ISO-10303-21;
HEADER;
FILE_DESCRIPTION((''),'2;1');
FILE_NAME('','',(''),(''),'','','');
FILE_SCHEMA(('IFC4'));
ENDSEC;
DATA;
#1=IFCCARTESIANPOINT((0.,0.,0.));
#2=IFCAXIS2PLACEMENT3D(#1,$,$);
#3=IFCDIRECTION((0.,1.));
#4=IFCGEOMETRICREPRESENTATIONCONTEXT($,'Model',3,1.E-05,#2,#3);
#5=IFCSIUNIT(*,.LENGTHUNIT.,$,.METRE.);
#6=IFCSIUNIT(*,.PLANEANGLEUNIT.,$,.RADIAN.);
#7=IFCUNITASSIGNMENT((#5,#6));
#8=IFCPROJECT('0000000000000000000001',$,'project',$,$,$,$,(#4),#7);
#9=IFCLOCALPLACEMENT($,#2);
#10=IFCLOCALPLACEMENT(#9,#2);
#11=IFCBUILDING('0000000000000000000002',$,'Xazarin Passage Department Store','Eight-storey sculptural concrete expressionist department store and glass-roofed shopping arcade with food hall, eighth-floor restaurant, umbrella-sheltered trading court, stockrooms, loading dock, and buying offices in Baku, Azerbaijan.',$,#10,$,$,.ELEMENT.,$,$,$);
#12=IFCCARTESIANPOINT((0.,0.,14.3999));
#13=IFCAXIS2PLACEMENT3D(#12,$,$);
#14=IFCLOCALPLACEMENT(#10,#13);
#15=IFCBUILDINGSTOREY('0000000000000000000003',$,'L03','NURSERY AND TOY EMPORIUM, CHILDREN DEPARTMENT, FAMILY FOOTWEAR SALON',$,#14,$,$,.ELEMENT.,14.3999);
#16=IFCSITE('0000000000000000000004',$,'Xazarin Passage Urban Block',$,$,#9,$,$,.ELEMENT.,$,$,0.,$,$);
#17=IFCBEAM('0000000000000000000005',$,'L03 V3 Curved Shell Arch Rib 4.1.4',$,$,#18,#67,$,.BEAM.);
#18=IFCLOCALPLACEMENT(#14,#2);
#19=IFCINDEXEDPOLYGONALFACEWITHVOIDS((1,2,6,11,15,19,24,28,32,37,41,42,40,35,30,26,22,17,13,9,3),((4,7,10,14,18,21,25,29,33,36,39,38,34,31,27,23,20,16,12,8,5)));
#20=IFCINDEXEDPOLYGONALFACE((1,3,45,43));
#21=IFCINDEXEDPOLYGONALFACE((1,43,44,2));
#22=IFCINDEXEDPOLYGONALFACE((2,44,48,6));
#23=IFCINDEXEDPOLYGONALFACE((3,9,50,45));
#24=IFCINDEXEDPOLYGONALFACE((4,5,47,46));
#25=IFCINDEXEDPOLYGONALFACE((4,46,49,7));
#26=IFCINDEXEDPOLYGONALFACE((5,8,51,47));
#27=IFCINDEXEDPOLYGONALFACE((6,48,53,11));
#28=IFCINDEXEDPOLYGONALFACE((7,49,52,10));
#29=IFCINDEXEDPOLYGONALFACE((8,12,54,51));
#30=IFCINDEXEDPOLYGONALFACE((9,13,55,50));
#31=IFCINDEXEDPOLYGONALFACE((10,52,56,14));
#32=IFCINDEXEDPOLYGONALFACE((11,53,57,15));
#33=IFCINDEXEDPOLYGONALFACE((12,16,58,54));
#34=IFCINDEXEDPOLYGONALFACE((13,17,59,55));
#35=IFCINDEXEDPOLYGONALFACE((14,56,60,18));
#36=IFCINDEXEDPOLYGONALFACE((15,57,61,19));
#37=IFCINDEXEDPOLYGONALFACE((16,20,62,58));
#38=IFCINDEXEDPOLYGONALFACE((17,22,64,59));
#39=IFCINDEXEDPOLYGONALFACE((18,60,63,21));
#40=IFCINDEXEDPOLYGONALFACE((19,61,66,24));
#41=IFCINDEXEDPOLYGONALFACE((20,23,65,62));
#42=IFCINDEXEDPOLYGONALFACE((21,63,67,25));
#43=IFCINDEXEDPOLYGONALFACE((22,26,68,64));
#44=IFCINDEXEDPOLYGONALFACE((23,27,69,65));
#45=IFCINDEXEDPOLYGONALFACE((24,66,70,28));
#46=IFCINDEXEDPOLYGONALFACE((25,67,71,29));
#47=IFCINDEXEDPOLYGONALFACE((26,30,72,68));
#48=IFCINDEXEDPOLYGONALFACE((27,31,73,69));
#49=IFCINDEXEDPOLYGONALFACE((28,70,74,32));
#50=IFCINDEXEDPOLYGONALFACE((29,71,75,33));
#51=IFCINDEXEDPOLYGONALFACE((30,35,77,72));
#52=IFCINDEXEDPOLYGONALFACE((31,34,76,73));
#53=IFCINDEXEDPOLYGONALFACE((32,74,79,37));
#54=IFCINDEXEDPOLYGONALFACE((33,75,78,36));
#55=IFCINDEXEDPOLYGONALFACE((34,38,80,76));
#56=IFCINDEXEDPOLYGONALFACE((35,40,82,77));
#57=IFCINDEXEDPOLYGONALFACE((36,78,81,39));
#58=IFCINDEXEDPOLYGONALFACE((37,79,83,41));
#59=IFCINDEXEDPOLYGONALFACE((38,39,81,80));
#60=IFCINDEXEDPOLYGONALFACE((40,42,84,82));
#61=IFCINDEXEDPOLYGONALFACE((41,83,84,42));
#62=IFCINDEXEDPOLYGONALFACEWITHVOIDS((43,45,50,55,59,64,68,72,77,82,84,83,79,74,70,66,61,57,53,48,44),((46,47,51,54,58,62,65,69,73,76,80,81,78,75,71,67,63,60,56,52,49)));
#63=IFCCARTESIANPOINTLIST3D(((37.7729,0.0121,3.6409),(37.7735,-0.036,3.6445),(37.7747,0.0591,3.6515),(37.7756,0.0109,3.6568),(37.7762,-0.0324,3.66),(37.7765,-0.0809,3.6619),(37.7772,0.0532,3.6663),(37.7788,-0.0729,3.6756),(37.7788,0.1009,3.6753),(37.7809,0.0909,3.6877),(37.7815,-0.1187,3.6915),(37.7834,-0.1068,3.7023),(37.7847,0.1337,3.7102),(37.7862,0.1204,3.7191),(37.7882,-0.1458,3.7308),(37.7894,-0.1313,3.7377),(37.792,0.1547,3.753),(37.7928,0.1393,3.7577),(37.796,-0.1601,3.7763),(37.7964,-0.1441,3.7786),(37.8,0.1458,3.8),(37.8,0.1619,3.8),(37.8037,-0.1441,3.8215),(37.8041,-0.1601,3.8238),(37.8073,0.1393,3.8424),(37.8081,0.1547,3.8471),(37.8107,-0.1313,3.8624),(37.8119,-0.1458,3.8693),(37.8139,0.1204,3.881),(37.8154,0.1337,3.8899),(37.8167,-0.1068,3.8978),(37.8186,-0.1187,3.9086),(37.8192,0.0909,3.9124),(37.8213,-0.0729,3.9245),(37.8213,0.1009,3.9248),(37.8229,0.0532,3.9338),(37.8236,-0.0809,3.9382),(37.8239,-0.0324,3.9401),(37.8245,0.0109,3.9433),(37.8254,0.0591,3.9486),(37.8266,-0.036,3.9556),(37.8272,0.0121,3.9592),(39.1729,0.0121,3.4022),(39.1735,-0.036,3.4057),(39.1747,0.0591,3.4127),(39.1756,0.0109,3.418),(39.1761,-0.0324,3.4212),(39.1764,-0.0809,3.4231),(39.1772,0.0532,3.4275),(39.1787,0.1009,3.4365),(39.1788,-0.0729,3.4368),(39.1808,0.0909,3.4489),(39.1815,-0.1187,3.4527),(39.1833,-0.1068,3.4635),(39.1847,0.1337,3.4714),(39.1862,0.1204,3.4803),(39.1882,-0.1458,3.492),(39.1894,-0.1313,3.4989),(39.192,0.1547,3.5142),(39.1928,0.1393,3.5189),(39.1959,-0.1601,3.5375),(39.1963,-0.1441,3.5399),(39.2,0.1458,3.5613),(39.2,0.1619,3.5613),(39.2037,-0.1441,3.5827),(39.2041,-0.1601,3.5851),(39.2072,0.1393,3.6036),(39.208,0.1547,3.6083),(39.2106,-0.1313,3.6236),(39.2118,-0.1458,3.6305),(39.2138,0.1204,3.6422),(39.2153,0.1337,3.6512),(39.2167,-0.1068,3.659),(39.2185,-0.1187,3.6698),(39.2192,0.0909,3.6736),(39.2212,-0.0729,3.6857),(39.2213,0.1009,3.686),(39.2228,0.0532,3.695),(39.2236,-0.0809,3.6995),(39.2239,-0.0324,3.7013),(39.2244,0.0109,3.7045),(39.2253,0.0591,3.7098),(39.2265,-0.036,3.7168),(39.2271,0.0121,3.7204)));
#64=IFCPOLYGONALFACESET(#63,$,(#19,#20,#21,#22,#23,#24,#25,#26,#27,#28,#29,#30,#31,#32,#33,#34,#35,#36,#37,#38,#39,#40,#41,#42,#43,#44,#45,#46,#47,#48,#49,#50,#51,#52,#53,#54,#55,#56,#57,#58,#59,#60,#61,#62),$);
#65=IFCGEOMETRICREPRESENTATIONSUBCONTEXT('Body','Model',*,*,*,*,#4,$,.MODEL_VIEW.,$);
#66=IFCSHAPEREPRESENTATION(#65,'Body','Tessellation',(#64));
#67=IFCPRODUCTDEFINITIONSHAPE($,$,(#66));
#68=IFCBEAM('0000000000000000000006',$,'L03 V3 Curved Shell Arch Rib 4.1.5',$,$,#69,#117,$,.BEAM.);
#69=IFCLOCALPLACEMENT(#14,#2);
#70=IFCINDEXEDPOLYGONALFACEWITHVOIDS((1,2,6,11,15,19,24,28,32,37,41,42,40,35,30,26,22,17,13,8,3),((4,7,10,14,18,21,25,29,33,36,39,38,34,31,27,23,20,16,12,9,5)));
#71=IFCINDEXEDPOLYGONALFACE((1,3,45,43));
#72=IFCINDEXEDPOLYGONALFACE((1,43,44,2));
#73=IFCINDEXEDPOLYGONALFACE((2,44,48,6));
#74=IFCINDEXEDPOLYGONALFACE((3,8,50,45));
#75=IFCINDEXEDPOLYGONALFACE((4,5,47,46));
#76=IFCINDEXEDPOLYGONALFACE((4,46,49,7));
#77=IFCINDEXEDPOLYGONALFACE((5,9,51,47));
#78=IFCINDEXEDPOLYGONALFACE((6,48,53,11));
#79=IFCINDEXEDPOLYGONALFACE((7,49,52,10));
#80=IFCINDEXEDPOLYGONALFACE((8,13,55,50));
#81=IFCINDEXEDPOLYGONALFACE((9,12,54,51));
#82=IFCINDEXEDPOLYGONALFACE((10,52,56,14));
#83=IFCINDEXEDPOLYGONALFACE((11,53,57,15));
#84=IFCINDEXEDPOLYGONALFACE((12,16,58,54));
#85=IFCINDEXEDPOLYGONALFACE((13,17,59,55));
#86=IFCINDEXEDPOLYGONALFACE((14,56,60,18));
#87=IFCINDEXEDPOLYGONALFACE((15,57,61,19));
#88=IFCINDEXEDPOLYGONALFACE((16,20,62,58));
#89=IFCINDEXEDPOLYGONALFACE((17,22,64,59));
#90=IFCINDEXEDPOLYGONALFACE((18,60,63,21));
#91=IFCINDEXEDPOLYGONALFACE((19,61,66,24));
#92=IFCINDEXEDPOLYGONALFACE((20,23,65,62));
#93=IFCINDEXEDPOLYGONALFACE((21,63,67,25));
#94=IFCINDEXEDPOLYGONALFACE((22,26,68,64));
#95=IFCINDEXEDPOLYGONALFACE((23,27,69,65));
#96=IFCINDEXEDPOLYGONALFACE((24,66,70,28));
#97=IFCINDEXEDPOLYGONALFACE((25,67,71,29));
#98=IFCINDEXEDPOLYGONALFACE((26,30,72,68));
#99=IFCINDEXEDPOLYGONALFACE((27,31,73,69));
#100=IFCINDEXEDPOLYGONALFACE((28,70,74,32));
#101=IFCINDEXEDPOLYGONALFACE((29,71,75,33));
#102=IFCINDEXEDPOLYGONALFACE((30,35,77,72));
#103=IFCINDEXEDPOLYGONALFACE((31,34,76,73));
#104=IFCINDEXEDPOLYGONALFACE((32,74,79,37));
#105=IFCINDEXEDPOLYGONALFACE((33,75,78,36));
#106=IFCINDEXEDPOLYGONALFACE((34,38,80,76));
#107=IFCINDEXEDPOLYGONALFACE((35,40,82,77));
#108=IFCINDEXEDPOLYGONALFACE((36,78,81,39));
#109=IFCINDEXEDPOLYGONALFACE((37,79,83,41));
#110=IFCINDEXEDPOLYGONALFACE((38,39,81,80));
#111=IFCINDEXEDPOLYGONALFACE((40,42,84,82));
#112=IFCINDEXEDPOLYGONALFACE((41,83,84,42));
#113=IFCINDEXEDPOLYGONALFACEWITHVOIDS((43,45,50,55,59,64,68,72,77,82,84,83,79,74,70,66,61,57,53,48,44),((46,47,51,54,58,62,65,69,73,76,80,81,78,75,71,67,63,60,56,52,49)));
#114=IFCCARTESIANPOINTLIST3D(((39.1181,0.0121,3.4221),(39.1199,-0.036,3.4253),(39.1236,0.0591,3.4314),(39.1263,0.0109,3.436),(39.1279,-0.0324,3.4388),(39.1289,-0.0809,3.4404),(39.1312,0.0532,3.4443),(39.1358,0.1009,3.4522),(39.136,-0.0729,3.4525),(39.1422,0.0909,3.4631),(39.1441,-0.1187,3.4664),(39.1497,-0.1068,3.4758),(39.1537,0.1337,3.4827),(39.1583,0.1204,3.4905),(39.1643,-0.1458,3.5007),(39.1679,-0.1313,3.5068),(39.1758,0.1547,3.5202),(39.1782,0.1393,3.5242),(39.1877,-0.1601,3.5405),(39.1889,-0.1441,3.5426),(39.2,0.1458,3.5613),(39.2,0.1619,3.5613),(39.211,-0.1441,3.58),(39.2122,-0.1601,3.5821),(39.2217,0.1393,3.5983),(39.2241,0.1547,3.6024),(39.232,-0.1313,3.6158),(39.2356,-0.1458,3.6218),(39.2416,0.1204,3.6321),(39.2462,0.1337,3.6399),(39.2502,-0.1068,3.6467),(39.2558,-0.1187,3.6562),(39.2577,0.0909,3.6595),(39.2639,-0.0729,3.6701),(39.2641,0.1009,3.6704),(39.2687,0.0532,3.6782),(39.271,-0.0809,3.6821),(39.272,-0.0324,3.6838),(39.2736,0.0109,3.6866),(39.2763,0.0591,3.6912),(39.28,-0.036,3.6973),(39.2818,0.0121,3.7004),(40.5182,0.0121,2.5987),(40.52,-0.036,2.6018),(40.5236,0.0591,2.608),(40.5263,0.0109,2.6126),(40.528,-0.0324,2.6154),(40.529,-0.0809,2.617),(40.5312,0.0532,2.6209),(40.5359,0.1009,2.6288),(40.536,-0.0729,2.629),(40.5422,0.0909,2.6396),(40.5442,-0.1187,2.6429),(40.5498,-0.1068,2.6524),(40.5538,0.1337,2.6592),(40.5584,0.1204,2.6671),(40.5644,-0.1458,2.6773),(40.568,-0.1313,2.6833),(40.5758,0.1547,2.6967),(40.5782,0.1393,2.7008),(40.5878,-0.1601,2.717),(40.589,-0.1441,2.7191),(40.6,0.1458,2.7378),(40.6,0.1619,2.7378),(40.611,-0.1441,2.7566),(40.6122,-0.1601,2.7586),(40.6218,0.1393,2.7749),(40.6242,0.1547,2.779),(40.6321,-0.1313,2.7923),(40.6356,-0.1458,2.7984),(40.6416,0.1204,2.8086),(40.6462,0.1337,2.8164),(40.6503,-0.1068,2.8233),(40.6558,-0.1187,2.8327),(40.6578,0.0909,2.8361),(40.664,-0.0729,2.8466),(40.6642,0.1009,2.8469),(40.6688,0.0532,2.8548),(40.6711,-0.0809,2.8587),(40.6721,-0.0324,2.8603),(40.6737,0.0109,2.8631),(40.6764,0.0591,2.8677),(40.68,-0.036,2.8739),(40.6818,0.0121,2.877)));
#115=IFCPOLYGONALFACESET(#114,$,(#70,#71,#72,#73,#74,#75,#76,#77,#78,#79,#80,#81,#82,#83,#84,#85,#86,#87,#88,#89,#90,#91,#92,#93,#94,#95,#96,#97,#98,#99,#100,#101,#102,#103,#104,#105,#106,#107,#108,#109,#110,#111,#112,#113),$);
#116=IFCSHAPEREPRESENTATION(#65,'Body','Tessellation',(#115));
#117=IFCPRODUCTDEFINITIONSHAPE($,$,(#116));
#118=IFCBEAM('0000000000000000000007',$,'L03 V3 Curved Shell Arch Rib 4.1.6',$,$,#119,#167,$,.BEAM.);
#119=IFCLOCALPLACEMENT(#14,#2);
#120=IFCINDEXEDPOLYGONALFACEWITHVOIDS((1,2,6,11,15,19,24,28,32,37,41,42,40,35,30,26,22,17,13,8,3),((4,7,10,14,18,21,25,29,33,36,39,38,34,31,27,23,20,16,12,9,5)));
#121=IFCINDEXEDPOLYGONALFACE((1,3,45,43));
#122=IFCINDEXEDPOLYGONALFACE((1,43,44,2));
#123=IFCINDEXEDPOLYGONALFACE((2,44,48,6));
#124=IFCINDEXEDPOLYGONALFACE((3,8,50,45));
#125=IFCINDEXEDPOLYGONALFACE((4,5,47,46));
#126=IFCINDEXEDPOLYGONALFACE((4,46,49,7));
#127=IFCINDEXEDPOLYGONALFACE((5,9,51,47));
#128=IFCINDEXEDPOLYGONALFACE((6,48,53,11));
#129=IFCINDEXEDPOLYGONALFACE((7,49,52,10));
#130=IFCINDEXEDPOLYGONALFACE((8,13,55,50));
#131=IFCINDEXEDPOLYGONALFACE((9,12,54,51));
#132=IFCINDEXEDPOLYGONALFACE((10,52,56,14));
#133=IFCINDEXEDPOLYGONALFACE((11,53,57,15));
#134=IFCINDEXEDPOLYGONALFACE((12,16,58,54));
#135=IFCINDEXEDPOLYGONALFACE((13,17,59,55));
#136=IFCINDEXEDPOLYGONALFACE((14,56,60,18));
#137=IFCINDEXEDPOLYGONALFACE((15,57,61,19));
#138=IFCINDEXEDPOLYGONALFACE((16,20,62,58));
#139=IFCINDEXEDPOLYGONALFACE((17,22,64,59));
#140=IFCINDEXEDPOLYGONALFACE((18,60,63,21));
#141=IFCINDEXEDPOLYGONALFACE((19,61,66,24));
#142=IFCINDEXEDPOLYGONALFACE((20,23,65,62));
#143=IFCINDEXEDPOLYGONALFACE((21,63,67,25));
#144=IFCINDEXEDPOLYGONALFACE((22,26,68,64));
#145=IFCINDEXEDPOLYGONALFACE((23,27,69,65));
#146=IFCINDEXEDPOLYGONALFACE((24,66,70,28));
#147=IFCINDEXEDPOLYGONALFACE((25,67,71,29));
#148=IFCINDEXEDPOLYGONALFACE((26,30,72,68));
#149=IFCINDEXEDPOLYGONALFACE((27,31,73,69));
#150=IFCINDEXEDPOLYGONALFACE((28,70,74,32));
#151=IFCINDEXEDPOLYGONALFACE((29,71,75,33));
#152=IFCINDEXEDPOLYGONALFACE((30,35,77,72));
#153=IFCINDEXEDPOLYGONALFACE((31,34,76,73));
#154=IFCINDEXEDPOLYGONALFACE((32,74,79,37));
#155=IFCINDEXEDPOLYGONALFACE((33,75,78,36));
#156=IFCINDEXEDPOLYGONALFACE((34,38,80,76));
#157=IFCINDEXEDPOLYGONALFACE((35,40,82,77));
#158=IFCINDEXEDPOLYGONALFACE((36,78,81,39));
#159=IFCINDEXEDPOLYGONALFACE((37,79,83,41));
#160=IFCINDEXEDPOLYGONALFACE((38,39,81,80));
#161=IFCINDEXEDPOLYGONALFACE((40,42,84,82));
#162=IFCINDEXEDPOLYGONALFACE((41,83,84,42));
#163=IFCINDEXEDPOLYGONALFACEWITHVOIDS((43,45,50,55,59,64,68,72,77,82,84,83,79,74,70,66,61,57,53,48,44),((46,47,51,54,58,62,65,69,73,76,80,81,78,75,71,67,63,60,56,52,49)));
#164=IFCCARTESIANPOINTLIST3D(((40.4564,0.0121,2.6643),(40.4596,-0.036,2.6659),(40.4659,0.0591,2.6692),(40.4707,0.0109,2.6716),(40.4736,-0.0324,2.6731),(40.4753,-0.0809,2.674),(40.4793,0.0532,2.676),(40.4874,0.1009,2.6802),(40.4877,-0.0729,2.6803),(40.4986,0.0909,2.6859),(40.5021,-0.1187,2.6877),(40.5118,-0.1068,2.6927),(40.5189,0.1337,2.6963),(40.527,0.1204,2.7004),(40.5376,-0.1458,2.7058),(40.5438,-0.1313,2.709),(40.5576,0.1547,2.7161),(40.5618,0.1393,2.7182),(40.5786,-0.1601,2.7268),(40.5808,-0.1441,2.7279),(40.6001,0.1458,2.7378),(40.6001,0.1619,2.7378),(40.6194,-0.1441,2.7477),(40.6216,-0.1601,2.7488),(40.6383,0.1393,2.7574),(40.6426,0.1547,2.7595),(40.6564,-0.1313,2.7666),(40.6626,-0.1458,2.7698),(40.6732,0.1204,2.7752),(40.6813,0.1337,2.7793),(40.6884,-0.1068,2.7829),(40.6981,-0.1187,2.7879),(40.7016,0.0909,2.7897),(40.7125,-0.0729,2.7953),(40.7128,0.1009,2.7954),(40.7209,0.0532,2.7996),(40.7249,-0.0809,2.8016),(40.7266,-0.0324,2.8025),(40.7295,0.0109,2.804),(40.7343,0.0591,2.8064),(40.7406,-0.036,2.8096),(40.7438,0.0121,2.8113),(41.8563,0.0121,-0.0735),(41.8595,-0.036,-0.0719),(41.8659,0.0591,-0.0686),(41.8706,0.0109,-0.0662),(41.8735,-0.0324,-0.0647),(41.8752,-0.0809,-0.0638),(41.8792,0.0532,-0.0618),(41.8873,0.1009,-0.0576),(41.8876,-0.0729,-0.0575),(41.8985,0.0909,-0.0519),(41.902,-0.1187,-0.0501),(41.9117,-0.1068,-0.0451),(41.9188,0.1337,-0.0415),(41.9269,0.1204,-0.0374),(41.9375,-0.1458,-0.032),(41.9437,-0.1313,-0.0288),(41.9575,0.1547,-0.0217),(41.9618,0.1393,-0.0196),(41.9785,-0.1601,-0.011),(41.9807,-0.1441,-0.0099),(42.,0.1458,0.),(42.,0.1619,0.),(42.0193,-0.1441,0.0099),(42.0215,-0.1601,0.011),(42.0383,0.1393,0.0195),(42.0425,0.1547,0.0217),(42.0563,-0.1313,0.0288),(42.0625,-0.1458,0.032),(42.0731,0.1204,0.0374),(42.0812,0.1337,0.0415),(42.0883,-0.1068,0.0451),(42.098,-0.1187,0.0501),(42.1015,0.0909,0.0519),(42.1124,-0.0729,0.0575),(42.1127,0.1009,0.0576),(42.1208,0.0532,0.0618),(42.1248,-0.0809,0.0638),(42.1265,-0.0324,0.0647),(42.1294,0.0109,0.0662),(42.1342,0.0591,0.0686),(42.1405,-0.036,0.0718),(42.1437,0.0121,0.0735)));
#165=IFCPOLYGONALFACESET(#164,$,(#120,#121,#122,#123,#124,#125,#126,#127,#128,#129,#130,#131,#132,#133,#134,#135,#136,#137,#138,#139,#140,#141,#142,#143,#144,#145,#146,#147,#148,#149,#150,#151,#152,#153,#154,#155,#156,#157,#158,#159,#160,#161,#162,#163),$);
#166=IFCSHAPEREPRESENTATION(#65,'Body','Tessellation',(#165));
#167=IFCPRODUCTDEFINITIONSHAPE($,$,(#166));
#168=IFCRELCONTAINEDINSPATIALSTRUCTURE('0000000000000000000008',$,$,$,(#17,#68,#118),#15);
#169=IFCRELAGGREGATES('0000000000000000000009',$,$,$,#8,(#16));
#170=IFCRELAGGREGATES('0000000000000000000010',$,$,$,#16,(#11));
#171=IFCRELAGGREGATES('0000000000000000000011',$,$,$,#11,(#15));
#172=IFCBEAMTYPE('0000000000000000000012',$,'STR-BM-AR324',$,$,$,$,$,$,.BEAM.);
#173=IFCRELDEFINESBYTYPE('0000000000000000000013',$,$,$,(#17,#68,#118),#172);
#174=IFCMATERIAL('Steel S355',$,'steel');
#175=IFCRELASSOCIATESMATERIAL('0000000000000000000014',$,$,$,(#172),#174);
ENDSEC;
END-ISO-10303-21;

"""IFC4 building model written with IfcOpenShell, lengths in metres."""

from ifc_helpers import new_model, si_unit, direction, frame, origin, origin_2d, place, context, subcontext, project, spatial, hollow_circle, extrude, material, material_profile, profile_set, type_object, element, save


model = new_model("IFC4")

# Units and contexts
model_context = context("Model", 3, precision=1e-05, world=origin(), true_north=direction((0.0, 1.0)))
body_context = subcontext(model_context, "Body", "Model", "MODEL_VIEW")
ifc_project = project(units=[si_unit("LENGTHUNIT", "METRE"), si_unit("PLANEANGLEUNIT", "RADIAN")], contexts=[model_context])

# Site, building, storey
site_placement = place(None, origin())
site = spatial("IfcSite", under=ifc_project, at=site_placement, Name="Xazarin Passage Urban Block", CompositionType="ELEMENT", RefElevation=0.0)
building_placement = place(site_placement, origin())
building = spatial("IfcBuilding", under=site, at=building_placement, Name="Xazarin Passage Department Store", Description="Eight-storey sculptural concrete expressionist department store and glass-roofed shopping arcade with food hall, eighth-floor restaurant, umbrella-sheltered trading court, stockrooms, loading dock, and buying offices in Baku, Azerbaijan.", CompositionType="ELEMENT")
storey_placement = place(building_placement, frame((0.0, 0.0, 14.3999)))
storey = spatial("IfcBuildingStorey", under=building, at=storey_placement, Name="L03", Description="NURSERY AND TOY EMPORIUM, CHILDREN DEPARTMENT, FAMILY FOOTWEAR SALON", CompositionType="ELEMENT", Elevation=14.3999)

# Beams
ifc_material_1 = material(Name="Steel S355", Category="steel")
ifc_material_profile_1 = material_profile(ifc_material_1, hollow_circle(Radius=0.1619, WallThickness=0.0161, at=origin_2d()), Name="CHS 323.9x16")
ifc_profile_set_1 = profile_set([ifc_material_profile_1], Name="Steel S355")
beam_type_1 = type_object("IfcBeamType", Name="STR-BM-AR324", PredefinedType="BEAM", material=ifc_profile_set_1)
beam_1_placement = place(storey_placement, frame((37.8, 0.0, 3.8), z_axis=(0.985764, 0.0, -0.168133), x_axis=(0.0, 1.0, 0.0)))
element("IfcBeam", 1, at=beam_1_placement, inside=storey, type_object=beam_type_1, Name="L03 V3 Curved Shell Arch Rib 4.1.4", PredefinedType="BEAM", context=body_context, shape_type="SweptSolid", body=[
    extrude(hollow_circle(Radius=0.1619, WallThickness=0.0161, at=origin_2d()), origin(), (0.0, 0.0, 1.0), 1.4202),
])
beam_2_placement = place(storey_placement, frame((39.2, 0.0, 3.5613), z_axis=(0.861969, 0.0, -0.506961), x_axis=(0.0, 1.0, 0.0)))
element("IfcBeam", 2, at=beam_2_placement, inside=storey, type_object=beam_type_1, Name="L03 V3 Curved Shell Arch Rib 4.1.5", PredefinedType="BEAM", context=body_context, shape_type="SweptSolid", body=[
    extrude(hollow_circle(Radius=0.1619, WallThickness=0.0161, at=origin_2d()), origin(), (0.0, 0.0, 1.0), 1.6243),
])
for number, where, z_axis, x_axis, name in (
    (3, (40.6001, 0.0, 2.7378), (0.455262, 0.0, -0.890357), (0.0, 1.0, 0.0), "L03 V3 Curved Shell Arch Rib 4.1.6"),
):
    element("IfcBeam", number, at=place(storey_placement, frame(where, z_axis=z_axis, x_axis=x_axis)), inside=storey, type_object=beam_type_1, Name=name, PredefinedType="BEAM", context=body_context, shape_type="SweptSolid", body=[
        extrude(hollow_circle(Radius=0.1619, WallThickness=0.0161, at=origin_2d()), origin(), (0.0, 0.0, 1.0), 3.075),
    ])

save(model, "model.ifc")
